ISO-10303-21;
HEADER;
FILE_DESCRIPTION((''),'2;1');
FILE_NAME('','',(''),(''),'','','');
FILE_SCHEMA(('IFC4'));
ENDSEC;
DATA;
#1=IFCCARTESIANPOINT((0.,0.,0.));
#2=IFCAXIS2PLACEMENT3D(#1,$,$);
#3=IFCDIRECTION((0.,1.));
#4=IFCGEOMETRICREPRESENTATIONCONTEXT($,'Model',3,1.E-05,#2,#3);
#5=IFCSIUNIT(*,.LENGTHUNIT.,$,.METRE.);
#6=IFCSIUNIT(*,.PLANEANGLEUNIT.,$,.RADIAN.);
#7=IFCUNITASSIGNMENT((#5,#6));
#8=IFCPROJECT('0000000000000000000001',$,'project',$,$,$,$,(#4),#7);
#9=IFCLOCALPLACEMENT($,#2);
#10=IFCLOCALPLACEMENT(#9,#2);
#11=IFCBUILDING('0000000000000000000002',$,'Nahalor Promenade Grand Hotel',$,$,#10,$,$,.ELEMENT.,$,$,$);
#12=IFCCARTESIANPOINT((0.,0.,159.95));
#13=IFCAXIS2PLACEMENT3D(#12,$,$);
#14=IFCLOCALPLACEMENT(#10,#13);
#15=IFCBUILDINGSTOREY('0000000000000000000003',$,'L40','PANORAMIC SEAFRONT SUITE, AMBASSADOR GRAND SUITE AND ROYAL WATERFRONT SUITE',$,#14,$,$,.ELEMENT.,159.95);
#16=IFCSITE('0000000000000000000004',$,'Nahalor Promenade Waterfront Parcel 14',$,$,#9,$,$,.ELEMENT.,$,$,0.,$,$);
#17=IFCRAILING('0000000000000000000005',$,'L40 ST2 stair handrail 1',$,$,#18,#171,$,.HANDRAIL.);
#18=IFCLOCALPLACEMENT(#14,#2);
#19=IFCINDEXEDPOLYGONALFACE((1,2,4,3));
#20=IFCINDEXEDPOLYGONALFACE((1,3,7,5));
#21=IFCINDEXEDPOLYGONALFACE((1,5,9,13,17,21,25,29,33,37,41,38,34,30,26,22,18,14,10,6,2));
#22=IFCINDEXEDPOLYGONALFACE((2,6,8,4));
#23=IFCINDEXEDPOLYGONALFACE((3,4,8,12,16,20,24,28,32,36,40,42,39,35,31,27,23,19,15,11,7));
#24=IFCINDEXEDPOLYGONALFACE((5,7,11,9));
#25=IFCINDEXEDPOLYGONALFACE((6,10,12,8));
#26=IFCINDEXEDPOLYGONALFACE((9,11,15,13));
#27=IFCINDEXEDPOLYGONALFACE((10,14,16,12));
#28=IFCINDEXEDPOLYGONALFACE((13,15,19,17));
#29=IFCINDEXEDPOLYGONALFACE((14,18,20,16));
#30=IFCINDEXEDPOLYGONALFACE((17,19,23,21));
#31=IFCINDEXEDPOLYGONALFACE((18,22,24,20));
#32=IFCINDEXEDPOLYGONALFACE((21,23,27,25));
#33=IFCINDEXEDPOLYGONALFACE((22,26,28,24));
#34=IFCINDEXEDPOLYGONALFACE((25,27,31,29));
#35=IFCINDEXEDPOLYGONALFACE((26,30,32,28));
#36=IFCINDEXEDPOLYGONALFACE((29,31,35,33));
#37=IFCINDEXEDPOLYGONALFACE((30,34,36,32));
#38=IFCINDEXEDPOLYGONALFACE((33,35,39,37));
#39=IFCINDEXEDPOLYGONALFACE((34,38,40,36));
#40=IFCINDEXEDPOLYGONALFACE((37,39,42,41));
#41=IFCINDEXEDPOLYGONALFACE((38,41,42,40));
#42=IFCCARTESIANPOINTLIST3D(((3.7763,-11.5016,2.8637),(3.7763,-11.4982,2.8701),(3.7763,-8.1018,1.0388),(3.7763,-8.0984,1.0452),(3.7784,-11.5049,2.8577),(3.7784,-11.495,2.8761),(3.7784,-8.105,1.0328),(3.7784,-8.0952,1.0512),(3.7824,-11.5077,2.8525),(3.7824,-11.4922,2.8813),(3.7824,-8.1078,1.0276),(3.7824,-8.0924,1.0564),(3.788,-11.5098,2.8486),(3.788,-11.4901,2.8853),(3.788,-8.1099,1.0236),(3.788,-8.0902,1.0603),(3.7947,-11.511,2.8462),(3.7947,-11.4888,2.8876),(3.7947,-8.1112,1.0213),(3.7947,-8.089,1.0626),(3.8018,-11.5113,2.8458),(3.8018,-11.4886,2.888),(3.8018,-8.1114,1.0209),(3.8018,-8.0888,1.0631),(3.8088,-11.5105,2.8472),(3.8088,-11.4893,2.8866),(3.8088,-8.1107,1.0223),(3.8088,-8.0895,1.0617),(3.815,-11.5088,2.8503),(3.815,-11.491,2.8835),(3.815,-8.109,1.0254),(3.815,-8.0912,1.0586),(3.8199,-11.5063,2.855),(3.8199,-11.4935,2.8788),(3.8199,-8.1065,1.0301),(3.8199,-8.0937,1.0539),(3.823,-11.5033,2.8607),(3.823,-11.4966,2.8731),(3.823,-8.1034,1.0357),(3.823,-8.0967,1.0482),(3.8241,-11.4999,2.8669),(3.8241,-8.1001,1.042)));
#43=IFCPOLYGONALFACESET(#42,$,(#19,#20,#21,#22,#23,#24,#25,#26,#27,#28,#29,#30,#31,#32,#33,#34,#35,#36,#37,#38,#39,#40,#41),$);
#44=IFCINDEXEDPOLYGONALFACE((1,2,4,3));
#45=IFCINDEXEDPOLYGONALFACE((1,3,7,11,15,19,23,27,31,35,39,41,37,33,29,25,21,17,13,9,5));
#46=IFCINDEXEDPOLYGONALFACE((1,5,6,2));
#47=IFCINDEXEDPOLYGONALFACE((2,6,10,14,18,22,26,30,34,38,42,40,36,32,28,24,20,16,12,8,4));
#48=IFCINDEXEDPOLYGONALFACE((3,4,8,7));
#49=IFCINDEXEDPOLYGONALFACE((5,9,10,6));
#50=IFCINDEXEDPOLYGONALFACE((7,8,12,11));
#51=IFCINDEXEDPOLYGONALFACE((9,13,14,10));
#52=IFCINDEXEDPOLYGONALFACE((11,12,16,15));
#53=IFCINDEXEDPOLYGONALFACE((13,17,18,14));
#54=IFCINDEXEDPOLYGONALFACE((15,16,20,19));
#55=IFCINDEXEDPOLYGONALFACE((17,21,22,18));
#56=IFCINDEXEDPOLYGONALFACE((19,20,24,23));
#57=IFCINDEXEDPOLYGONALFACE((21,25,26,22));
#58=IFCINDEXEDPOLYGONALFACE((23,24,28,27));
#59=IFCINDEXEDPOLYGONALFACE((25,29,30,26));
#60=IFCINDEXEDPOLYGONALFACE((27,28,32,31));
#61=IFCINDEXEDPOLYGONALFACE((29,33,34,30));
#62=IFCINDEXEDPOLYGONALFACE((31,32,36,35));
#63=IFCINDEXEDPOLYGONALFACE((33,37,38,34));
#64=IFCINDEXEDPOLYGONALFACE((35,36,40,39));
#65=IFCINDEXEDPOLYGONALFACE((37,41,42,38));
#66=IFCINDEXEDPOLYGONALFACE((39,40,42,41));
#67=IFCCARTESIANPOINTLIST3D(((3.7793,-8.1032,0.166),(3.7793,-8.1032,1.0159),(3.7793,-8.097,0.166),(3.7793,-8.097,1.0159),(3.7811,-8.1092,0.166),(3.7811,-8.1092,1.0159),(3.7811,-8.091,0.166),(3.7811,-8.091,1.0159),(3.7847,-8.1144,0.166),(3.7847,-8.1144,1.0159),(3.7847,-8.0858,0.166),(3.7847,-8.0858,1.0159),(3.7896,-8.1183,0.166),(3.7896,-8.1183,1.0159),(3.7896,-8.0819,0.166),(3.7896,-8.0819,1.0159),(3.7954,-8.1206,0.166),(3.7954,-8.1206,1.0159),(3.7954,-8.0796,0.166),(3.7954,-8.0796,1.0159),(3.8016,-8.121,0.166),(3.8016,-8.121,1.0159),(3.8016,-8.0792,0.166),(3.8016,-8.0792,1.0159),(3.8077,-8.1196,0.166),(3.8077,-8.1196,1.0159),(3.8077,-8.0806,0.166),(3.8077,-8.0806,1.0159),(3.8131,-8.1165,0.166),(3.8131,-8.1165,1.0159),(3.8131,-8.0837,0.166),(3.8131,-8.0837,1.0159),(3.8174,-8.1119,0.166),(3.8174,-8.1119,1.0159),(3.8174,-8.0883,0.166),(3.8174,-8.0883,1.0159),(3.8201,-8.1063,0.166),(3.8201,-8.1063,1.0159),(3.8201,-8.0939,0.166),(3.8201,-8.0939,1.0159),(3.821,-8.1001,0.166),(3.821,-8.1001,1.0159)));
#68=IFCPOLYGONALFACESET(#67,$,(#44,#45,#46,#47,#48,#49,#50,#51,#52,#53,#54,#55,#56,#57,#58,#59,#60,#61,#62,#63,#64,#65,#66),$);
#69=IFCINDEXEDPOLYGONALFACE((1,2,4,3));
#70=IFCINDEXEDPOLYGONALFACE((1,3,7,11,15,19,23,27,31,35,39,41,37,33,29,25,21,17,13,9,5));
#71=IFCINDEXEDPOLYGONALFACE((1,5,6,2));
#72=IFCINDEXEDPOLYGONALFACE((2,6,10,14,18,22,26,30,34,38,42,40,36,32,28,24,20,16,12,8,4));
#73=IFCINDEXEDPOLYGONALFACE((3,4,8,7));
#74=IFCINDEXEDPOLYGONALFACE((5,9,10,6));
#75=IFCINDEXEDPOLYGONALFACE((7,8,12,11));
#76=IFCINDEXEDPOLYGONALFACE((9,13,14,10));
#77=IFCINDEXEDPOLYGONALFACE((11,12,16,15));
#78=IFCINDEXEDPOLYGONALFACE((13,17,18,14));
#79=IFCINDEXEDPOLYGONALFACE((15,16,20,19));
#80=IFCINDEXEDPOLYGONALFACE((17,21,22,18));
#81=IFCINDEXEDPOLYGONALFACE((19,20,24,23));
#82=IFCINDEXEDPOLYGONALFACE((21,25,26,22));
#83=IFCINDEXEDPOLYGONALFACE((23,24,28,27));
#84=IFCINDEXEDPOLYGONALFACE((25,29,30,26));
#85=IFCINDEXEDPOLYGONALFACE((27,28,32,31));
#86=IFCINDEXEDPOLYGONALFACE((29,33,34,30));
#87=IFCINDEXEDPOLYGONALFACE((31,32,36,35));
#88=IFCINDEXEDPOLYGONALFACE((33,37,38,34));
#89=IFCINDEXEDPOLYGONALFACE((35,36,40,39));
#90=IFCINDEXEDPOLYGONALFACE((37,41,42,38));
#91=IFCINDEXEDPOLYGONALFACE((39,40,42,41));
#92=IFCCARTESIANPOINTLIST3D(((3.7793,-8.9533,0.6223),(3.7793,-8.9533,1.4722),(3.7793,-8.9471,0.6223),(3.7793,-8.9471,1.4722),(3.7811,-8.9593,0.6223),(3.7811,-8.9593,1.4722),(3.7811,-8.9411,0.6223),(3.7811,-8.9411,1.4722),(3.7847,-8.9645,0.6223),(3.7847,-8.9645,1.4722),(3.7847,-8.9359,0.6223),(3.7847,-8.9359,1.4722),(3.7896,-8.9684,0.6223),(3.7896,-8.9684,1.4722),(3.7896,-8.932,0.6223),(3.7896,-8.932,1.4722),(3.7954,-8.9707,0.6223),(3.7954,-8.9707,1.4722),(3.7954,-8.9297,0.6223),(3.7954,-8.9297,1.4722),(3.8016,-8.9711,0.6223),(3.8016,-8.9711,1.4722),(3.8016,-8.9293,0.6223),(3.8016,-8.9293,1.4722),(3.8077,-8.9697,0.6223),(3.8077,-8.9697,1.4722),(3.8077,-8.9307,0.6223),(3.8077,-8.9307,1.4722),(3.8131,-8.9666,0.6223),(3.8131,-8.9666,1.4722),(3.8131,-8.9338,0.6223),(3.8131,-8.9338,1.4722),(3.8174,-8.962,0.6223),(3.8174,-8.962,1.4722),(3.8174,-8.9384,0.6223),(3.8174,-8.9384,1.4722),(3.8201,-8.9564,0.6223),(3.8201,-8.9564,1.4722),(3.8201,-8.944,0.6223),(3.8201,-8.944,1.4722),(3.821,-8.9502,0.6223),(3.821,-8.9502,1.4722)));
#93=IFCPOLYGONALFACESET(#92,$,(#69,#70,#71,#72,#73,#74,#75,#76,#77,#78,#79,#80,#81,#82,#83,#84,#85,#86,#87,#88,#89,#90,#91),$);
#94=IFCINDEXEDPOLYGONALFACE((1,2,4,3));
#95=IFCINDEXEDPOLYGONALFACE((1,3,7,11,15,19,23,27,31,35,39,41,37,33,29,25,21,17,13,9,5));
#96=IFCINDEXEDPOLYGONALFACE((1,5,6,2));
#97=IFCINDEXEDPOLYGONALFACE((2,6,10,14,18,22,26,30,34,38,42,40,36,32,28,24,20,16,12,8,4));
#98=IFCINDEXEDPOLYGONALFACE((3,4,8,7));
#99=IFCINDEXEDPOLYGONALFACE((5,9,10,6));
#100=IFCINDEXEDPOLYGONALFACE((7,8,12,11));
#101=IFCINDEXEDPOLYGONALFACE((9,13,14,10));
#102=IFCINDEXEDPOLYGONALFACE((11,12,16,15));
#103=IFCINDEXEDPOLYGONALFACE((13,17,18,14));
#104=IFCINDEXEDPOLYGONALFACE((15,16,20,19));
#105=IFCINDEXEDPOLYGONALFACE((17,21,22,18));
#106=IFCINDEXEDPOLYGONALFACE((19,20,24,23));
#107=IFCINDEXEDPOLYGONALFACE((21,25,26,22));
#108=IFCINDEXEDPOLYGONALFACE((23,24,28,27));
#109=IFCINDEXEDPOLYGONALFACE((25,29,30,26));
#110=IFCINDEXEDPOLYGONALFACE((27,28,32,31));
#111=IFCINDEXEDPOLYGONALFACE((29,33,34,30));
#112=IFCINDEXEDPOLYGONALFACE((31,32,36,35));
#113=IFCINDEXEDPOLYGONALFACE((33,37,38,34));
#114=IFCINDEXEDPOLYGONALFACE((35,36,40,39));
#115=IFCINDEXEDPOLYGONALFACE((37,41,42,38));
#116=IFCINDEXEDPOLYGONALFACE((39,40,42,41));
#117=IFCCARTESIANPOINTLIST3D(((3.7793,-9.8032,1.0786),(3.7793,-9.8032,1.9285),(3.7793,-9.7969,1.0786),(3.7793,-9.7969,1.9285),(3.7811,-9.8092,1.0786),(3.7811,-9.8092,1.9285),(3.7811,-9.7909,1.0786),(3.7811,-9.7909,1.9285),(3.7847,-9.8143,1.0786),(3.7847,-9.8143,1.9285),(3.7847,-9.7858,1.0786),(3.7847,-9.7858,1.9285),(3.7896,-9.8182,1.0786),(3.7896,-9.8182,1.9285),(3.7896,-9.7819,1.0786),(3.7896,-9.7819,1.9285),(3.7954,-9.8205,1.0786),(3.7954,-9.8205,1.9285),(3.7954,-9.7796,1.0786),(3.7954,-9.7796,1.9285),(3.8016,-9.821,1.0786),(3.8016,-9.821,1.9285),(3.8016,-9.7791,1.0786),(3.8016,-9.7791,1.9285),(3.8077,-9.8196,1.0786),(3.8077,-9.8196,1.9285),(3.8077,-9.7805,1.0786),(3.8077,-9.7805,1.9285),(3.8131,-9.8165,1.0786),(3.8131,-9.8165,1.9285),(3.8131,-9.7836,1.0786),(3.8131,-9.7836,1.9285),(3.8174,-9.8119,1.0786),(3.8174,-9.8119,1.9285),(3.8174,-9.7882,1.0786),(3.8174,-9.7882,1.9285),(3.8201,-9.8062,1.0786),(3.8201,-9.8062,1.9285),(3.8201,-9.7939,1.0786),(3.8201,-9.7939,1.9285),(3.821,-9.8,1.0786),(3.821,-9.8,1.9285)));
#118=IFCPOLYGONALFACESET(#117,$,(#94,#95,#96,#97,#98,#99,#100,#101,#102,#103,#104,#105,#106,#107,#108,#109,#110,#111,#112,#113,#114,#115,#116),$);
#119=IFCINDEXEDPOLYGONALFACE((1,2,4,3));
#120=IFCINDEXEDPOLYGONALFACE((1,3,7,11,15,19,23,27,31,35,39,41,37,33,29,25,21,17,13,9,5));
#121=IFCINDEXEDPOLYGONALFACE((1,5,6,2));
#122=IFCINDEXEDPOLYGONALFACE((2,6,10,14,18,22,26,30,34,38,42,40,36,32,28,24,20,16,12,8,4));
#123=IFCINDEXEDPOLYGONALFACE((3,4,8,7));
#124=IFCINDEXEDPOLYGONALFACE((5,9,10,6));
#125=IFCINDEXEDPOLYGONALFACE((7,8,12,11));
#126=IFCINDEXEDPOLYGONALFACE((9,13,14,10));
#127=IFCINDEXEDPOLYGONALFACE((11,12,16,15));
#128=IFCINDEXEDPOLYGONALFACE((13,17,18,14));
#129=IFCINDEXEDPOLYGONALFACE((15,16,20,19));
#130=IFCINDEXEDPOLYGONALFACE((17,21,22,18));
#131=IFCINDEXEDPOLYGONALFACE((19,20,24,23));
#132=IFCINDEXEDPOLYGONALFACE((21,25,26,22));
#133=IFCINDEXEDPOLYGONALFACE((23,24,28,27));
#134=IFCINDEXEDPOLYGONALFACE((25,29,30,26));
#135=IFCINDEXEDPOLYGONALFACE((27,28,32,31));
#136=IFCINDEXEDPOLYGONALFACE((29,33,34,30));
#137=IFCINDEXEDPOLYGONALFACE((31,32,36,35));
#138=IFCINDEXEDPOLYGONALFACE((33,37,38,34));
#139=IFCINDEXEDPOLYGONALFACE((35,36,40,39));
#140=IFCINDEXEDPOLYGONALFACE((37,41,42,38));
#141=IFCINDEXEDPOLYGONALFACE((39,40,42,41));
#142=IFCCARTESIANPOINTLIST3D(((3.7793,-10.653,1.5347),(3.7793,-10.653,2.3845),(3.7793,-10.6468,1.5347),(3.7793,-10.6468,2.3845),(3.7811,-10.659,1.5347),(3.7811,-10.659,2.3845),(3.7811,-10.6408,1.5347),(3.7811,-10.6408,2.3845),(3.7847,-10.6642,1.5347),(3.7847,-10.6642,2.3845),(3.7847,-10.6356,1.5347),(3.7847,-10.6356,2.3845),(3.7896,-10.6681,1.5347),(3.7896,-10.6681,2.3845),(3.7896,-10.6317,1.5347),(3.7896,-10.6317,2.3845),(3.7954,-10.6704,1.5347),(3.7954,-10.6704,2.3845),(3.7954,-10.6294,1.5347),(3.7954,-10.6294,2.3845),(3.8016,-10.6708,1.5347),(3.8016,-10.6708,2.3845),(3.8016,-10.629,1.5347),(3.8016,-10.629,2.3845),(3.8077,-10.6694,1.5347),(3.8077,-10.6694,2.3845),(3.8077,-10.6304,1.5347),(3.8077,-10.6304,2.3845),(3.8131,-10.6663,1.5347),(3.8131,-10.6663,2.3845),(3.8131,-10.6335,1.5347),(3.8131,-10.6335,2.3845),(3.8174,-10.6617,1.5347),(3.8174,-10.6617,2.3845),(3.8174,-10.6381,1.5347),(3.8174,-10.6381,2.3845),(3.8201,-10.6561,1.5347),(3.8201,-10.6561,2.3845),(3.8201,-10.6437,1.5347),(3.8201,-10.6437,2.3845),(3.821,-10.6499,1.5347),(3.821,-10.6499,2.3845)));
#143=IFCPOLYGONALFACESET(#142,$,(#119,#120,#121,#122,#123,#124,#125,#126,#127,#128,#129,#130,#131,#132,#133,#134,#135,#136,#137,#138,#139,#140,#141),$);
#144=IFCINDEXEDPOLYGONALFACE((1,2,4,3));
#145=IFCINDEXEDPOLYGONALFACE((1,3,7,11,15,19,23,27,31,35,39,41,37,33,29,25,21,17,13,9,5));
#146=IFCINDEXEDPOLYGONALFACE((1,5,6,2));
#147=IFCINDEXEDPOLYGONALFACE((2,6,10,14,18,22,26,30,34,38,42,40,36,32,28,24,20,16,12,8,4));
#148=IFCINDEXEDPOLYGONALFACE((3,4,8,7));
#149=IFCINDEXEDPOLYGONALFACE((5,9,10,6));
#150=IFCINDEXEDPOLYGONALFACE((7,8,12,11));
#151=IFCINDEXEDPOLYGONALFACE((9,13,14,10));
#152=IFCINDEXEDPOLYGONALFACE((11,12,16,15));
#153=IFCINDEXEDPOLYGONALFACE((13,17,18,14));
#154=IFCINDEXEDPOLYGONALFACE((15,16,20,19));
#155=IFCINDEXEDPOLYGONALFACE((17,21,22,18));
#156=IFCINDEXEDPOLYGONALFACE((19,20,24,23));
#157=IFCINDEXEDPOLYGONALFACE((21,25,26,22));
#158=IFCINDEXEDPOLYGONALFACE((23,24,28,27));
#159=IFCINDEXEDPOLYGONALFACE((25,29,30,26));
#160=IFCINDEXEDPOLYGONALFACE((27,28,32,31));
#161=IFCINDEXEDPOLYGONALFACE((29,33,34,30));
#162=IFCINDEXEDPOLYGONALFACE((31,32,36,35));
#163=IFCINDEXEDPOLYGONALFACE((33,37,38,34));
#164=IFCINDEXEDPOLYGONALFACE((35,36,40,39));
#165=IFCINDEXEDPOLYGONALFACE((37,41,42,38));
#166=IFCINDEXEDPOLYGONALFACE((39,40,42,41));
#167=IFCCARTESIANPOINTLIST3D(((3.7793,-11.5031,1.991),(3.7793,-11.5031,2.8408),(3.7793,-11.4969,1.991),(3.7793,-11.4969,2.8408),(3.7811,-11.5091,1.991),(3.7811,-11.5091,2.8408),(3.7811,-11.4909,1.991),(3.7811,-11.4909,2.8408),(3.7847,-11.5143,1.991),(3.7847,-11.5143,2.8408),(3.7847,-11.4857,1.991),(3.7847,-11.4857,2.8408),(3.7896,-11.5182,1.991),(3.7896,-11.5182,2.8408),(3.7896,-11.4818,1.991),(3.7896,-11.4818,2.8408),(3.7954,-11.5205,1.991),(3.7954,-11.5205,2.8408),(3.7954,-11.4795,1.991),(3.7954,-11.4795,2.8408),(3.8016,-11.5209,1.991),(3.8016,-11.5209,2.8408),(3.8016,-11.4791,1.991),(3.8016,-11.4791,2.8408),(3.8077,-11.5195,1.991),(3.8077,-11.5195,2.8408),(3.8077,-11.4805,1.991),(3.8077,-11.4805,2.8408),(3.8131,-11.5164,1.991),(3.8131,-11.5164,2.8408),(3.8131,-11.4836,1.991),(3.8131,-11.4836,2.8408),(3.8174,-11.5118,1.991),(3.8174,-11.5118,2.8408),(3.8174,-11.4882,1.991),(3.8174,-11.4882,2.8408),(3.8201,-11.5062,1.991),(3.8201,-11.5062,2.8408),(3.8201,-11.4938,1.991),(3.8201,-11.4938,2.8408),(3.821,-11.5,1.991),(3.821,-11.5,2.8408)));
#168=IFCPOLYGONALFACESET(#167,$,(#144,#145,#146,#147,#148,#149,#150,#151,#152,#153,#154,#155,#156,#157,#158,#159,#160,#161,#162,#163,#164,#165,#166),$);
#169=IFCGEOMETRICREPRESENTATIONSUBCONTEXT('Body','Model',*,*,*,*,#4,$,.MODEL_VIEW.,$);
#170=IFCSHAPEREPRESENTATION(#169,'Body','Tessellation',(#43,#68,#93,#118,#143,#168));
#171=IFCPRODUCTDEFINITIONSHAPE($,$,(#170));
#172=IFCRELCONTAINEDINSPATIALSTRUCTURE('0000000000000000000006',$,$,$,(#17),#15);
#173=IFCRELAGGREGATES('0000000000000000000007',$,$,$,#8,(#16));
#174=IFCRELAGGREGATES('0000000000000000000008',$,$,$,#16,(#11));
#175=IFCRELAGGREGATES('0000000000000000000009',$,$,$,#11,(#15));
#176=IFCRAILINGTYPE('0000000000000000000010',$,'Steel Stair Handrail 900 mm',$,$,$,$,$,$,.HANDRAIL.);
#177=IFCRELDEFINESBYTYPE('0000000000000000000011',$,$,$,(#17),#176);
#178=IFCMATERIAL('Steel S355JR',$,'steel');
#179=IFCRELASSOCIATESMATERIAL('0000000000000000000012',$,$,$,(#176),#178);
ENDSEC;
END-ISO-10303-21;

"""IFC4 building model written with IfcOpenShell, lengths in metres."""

from ifc_helpers import new_model, si_unit, direction, frame, origin, origin_2d, place, context, subcontext, project, spatial, circle, extrude, material, type_object, element, save


model = new_model("IFC4")

# Units and contexts
model_context = context("Model", 3, precision=1e-05, world=origin(), true_north=direction((0.0, 1.0)))
body_context = subcontext(model_context, "Body", "Model", "MODEL_VIEW")
ifc_project = project(units=[si_unit("LENGTHUNIT", "METRE"), si_unit("PLANEANGLEUNIT", "RADIAN")], contexts=[model_context])

# Site, building, storey
site_placement = place(None, origin())
site = spatial("IfcSite", under=ifc_project, at=site_placement, Name="Nahalor Promenade Waterfront Parcel 14", CompositionType="ELEMENT", RefElevation=0.0)
building_placement = place(site_placement, origin())
building = spatial("IfcBuilding", under=site, at=building_placement, Name="Nahalor Promenade Grand Hotel", CompositionType="ELEMENT")
storey_placement = place(building_placement, frame((0.0, 0.0, 159.95)))
storey = spatial("IfcBuildingStorey", under=building, at=storey_placement, Name="L40", Description="PANORAMIC SEAFRONT SUITE, AMBASSADOR GRAND SUITE AND ROYAL WATERFRONT SUITE", CompositionType="ELEMENT", Elevation=159.95)

# Shared definitions
ifc_material_1 = material(Name="Steel S355JR", Category="steel")

# Railing
railing_type_1 = type_object("IfcRailingType", Name="Steel Stair Handrail 900 mm", PredefinedType="HANDRAIL", material=ifc_material_1)
railing_1_placement = place(storey_placement, frame((3.8, -8.1001, 0.166)))
element("IfcRailing", 1, at=railing_1_placement, inside=storey, type_object=railing_type_1, Name="L40 ST2 stair handrail 1", PredefinedType="HANDRAIL", context=body_context, shape_type="SweptSolid", body=[
    extrude(circle(Radius=0.024, at=origin_2d()), frame((0.0, 0.0, 0.876), z_axis=(0.0, -0.881094, 0.472941), x_axis=(1.0, 0.0, 0.0)), (0.0, 0.0, 1.0), 3.8586),
    extrude(circle(Radius=0.021, at=origin_2d()), origin(), (0.0, 0.0, 1.0), 0.8499),
    extrude(circle(Radius=0.021, at=origin_2d()), frame((0.0, -0.8501, 0.4563)), (0.0, 0.0, 1.0), 0.8499),
    extrude(circle(Radius=0.021, at=origin_2d()), frame((0.0, -1.7, 0.9126)), (0.0, 0.0, 1.0), 0.8499),
    extrude(circle(Radius=0.021, at=origin_2d()), frame((0.0, -2.5498, 1.3687)), (0.0, 0.0, 1.0), 0.8499),
    extrude(circle(Radius=0.021, at=origin_2d()), frame((0.0, -3.3999, 1.825)), (0.0, 0.0, 1.0), 0.8499),
])

save(model, "model.ifc")
